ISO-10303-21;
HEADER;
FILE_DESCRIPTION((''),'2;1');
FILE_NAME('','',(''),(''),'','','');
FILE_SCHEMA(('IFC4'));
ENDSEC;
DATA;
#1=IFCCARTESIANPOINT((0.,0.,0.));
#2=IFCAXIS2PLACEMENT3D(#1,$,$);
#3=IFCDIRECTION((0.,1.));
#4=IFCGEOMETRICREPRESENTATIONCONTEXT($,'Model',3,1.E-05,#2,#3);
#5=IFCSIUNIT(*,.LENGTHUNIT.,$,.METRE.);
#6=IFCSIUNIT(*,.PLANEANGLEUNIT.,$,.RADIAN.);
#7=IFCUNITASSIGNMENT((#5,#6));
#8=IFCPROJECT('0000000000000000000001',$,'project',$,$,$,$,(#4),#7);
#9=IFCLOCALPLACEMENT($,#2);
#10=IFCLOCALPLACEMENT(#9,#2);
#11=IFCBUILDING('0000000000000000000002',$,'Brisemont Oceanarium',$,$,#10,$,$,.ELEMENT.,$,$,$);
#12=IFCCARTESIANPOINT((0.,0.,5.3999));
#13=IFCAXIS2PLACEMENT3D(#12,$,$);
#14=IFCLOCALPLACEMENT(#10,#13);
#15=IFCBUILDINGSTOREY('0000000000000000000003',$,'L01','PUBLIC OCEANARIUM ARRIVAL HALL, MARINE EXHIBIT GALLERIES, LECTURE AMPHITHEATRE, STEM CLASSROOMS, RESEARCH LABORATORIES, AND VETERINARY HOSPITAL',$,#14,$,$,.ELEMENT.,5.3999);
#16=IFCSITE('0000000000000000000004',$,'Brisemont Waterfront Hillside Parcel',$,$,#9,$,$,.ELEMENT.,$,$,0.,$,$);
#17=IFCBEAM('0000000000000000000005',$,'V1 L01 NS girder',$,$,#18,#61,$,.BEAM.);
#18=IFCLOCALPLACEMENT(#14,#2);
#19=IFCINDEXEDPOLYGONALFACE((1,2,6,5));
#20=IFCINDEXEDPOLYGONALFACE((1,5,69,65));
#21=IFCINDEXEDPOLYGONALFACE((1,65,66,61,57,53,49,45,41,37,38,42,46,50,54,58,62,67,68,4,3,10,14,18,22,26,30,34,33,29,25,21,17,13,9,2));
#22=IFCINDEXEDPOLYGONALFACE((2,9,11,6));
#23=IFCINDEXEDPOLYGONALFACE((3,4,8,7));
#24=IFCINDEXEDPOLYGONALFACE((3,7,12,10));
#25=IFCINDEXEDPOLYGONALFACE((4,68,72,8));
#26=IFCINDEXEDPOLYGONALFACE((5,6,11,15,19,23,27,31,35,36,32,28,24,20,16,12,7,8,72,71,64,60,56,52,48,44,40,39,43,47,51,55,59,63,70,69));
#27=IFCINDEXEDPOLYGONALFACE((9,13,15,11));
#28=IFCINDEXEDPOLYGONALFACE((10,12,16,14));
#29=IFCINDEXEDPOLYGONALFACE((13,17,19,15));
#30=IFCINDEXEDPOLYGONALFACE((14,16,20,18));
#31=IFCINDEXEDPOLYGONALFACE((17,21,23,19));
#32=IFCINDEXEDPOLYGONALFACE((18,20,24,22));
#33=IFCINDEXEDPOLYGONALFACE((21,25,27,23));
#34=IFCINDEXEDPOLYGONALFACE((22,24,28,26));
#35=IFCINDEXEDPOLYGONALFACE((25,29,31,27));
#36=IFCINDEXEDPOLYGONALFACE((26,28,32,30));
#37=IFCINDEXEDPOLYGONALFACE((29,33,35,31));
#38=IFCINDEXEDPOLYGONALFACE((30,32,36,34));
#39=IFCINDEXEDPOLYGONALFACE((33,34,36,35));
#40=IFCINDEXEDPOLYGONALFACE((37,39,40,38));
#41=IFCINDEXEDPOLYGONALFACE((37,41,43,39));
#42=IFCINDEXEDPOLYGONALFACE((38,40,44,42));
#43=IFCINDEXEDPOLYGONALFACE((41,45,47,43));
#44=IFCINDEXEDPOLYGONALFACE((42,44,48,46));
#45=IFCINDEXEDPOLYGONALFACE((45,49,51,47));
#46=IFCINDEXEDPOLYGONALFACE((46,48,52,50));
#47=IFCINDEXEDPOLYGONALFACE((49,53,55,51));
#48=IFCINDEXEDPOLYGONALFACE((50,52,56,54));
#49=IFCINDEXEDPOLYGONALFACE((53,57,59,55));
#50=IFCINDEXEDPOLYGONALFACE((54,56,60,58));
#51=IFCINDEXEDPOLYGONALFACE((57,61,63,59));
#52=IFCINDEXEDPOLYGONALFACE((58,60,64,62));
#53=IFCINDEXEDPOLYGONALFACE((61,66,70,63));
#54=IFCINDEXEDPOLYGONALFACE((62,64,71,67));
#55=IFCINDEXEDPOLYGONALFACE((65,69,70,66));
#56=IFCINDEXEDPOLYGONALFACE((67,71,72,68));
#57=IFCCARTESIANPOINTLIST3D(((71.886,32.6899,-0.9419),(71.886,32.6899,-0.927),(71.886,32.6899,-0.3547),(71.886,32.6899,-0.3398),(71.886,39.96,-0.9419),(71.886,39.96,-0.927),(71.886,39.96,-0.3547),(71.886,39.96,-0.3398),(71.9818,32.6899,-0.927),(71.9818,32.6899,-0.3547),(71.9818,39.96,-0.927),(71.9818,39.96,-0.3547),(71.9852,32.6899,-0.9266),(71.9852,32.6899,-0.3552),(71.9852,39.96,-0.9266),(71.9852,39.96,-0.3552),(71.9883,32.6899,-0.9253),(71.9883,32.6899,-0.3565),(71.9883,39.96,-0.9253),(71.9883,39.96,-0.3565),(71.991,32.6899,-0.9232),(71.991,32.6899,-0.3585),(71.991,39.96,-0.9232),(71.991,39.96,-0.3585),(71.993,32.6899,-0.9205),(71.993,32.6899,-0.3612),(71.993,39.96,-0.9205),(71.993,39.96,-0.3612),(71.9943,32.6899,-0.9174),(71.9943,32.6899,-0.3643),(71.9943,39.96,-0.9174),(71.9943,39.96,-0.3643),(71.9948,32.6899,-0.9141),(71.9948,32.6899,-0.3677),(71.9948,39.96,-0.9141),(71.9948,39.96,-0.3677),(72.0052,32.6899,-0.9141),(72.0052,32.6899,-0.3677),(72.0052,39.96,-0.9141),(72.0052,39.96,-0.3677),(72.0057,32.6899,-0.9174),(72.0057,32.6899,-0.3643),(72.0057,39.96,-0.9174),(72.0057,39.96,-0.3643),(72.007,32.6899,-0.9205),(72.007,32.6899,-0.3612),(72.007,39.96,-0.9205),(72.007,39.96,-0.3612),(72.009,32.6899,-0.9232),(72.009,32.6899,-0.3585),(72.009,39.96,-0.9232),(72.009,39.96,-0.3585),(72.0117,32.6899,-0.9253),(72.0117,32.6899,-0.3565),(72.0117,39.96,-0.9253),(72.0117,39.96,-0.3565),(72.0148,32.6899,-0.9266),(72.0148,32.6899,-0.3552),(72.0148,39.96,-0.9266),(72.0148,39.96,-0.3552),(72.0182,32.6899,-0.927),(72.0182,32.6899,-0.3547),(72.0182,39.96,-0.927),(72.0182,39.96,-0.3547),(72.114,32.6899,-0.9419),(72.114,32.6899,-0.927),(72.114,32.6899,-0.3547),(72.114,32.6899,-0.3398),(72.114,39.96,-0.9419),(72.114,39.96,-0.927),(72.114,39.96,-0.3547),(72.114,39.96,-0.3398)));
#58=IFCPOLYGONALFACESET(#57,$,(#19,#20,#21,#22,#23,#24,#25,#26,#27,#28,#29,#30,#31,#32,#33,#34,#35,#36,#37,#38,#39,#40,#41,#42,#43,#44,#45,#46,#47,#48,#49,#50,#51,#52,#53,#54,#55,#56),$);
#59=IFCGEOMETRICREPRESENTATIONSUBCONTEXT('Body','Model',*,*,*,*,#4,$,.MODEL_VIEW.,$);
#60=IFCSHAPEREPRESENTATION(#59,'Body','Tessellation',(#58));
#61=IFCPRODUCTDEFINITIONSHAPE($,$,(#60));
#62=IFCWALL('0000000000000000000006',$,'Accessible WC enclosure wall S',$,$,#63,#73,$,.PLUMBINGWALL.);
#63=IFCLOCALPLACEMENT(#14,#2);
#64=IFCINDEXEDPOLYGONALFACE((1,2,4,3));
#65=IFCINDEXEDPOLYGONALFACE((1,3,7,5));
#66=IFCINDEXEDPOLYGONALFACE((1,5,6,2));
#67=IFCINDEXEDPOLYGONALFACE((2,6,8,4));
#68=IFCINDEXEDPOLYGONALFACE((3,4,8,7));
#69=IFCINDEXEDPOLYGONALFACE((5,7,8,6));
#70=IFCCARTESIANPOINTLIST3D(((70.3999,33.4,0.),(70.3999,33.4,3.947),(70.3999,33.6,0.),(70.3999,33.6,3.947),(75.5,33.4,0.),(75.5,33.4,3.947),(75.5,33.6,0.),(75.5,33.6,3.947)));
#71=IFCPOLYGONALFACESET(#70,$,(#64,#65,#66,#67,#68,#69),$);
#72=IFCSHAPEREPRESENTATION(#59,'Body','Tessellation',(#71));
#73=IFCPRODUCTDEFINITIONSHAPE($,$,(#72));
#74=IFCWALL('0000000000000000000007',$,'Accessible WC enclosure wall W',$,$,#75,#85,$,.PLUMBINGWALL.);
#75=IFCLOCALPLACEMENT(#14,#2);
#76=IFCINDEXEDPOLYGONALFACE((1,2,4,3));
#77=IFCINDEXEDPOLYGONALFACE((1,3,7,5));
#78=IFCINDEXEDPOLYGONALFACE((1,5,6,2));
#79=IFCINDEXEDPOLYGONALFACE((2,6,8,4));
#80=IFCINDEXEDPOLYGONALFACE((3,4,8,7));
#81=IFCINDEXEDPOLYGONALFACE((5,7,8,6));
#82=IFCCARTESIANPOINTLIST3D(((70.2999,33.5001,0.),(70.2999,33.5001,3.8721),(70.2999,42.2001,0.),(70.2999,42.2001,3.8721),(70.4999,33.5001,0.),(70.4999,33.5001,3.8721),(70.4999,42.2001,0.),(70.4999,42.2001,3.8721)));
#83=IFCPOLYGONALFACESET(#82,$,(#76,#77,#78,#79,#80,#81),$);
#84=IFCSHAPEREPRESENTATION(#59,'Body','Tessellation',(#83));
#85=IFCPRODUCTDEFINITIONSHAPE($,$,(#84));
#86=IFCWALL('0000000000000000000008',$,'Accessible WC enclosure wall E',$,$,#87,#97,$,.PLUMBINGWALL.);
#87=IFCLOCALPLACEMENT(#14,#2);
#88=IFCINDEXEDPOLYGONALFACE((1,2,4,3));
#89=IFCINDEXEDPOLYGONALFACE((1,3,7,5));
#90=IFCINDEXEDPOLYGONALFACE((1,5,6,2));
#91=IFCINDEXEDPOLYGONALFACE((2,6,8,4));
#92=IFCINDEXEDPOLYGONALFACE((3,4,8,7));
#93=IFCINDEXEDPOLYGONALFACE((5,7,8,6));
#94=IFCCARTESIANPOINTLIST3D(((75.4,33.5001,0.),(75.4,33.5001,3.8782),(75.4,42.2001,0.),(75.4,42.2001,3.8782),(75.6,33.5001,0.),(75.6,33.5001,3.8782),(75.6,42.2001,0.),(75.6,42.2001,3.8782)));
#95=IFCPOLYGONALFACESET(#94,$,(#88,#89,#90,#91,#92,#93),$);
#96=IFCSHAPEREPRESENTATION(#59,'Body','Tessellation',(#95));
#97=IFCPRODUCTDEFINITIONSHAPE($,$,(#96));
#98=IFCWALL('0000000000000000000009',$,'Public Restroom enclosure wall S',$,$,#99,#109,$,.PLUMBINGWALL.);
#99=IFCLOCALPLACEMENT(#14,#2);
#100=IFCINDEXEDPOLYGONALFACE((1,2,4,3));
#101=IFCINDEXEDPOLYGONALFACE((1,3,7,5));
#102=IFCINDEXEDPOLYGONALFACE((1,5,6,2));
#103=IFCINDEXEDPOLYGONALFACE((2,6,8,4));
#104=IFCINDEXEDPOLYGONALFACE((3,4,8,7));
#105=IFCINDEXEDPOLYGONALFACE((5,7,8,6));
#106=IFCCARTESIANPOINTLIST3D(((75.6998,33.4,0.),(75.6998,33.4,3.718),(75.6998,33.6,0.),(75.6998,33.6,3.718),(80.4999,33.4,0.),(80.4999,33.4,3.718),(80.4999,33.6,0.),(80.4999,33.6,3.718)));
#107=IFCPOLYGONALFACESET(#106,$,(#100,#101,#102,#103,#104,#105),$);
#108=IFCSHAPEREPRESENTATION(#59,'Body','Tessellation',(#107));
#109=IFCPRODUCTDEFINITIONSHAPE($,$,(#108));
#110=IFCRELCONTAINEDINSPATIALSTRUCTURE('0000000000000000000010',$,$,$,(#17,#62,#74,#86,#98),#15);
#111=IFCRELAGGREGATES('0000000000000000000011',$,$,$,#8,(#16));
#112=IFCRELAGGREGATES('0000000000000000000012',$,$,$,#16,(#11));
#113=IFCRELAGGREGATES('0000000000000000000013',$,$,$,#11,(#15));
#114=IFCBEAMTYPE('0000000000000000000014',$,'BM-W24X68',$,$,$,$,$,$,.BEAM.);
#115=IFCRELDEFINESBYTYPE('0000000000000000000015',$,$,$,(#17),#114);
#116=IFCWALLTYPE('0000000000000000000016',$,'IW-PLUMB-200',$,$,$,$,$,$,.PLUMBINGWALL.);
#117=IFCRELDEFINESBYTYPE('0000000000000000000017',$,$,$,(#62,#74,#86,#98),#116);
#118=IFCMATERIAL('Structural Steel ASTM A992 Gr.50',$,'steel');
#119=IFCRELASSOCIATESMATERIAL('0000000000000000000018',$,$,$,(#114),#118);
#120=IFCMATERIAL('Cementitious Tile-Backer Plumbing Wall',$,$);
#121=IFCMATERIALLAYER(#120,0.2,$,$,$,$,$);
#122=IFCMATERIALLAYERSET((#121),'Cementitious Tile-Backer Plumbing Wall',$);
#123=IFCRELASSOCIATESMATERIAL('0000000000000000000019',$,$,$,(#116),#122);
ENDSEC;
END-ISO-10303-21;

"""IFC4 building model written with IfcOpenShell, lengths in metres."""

from ifc_helpers import new_model, si_unit, direction, frame, frame_2d, origin, origin_2d, place, context, subcontext, project, spatial, rectangle, i_section, extrude, material, layer, layer_set, material_profile, profile_set, type_object, element, save


model = new_model("IFC4")

# Units and contexts
model_context = context("Model", 3, precision=1e-05, world=origin(), true_north=direction((0.0, 1.0)))
body_context = subcontext(model_context, "Body", "Model", "MODEL_VIEW")
ifc_project = project(units=[si_unit("LENGTHUNIT", "METRE"), si_unit("PLANEANGLEUNIT", "RADIAN")], contexts=[model_context])

# Site, building, storey
site_placement = place(None, origin())
site = spatial("IfcSite", under=ifc_project, at=site_placement, Name="Brisemont Waterfront Hillside Parcel", CompositionType="ELEMENT", RefElevation=0.0)
building_placement = place(site_placement, origin())
building = spatial("IfcBuilding", under=site, at=building_placement, Name="Brisemont Oceanarium", CompositionType="ELEMENT")
storey_placement = place(building_placement, frame((0.0, 0.0, 5.3999)))
storey = spatial("IfcBuildingStorey", under=building, at=storey_placement, Name="L01", Description="PUBLIC OCEANARIUM ARRIVAL HALL, MARINE EXHIBIT GALLERIES, LECTURE AMPHITHEATRE, STEM CLASSROOMS, RESEARCH LABORATORIES, AND VETERINARY HOSPITAL", CompositionType="ELEMENT", Elevation=5.3999)

# Beam
ifc_material_1 = material(Name="Structural Steel ASTM A992 Gr.50", Category="steel")
ifc_material_profile_1 = material_profile(ifc_material_1, i_section(OverallWidth=0.228, OverallDepth=0.6021, WebThickness=0.0105, FlangeThickness=0.0149, FilletRadius=0.0129, at=origin_2d()), Name="W24X68")
ifc_profile_set_1 = profile_set([ifc_material_profile_1], Name="Structural Steel ASTM A992 Gr.50")
beam_type_1 = type_object("IfcBeamType", Name="BM-W24X68", PredefinedType="BEAM", material=ifc_profile_set_1)
beam_1_placement = place(storey_placement, frame((72.0, 32.6899, -0.6409), z_axis=(0.0, 1.0, 0.0), x_axis=(-1.0, 0.0, 0.0)))
element("IfcBeam", 1, at=beam_1_placement, inside=storey, type_object=beam_type_1, Name="V1 L01 NS girder", PredefinedType="BEAM", context=body_context, shape_type="SweptSolid", body=[
    extrude(i_section(OverallWidth=0.228, OverallDepth=0.6021, WebThickness=0.0105, FlangeThickness=0.0149, FilletRadius=0.0129, at=origin_2d()), origin(), (0.0, 0.0, 1.0), 7.27),
])

# Walls
ifc_material_2 = material(Name="Cementitious Tile-Backer Plumbing Wall")
ifc_layer = layer(ifc_material_2, 0.2)
ifc_layer_set = layer_set([ifc_layer], Name="Cementitious Tile-Backer Plumbing Wall")
wall_type = type_object("IfcWallType", Name="IW-PLUMB-200", PredefinedType="PLUMBINGWALL", material=ifc_layer_set)
wall_1_placement = place(storey_placement, frame((70.3999, 33.5, 0.0), z_axis=(0.0, 0.0, 1.0), x_axis=(1.0, 0.0, 0.0)))
element("IfcWall", 2, at=wall_1_placement, inside=storey, type_object=wall_type, Name="Accessible WC enclosure wall S", PredefinedType="PLUMBINGWALL", context=body_context, shape_type="SweptSolid", body=[
    extrude(rectangle(XDim=5.1001, YDim=0.2, at=frame_2d((2.55, 0.0))), origin(), (0.0, 0.0, 1.0), 3.947),
])
wall_2_placement = place(storey_placement, frame((70.3999, 33.5, 0.0), z_axis=(0.0, 0.0, 1.0), x_axis=(0.0, 1.0, 0.0)))
element("IfcWall", 3, at=wall_2_placement, inside=storey, type_object=wall_type, Name="Accessible WC enclosure wall W", PredefinedType="PLUMBINGWALL", context=body_context, shape_type="SweptSolid", body=[
    extrude(rectangle(XDim=8.7, YDim=0.2, at=frame_2d((4.3501, 0.0))), origin(), (0.0, 0.0, 1.0), 3.8721),
])
wall_3_placement = place(storey_placement, frame((75.5, 33.5, 0.0), z_axis=(0.0, 0.0, 1.0), x_axis=(0.0, 1.0, 0.0)))
element("IfcWall", 4, at=wall_3_placement, inside=storey, type_object=wall_type, Name="Accessible WC enclosure wall E", PredefinedType="PLUMBINGWALL", context=body_context, shape_type="SweptSolid", body=[
    extrude(rectangle(XDim=8.7, YDim=0.2, at=frame_2d((4.3501, 0.0))), origin(), (0.0, 0.0, 1.0), 3.8782),
])
wall_4_placement = place(storey_placement, frame((75.7, 33.5, 0.0), z_axis=(0.0, 0.0, 1.0), x_axis=(1.0, 0.0, 0.0)))
element("IfcWall", 5, at=wall_4_placement, inside=storey, type_object=wall_type, Name="Public Restroom enclosure wall S", PredefinedType="PLUMBINGWALL", context=body_context, shape_type="SweptSolid", body=[
    extrude(rectangle(XDim=4.8, YDim=0.2, at=frame_2d((2.3999, 0.0))), origin(), (0.0, 0.0, 1.0), 3.718),
])

save(model, "model.ifc")
